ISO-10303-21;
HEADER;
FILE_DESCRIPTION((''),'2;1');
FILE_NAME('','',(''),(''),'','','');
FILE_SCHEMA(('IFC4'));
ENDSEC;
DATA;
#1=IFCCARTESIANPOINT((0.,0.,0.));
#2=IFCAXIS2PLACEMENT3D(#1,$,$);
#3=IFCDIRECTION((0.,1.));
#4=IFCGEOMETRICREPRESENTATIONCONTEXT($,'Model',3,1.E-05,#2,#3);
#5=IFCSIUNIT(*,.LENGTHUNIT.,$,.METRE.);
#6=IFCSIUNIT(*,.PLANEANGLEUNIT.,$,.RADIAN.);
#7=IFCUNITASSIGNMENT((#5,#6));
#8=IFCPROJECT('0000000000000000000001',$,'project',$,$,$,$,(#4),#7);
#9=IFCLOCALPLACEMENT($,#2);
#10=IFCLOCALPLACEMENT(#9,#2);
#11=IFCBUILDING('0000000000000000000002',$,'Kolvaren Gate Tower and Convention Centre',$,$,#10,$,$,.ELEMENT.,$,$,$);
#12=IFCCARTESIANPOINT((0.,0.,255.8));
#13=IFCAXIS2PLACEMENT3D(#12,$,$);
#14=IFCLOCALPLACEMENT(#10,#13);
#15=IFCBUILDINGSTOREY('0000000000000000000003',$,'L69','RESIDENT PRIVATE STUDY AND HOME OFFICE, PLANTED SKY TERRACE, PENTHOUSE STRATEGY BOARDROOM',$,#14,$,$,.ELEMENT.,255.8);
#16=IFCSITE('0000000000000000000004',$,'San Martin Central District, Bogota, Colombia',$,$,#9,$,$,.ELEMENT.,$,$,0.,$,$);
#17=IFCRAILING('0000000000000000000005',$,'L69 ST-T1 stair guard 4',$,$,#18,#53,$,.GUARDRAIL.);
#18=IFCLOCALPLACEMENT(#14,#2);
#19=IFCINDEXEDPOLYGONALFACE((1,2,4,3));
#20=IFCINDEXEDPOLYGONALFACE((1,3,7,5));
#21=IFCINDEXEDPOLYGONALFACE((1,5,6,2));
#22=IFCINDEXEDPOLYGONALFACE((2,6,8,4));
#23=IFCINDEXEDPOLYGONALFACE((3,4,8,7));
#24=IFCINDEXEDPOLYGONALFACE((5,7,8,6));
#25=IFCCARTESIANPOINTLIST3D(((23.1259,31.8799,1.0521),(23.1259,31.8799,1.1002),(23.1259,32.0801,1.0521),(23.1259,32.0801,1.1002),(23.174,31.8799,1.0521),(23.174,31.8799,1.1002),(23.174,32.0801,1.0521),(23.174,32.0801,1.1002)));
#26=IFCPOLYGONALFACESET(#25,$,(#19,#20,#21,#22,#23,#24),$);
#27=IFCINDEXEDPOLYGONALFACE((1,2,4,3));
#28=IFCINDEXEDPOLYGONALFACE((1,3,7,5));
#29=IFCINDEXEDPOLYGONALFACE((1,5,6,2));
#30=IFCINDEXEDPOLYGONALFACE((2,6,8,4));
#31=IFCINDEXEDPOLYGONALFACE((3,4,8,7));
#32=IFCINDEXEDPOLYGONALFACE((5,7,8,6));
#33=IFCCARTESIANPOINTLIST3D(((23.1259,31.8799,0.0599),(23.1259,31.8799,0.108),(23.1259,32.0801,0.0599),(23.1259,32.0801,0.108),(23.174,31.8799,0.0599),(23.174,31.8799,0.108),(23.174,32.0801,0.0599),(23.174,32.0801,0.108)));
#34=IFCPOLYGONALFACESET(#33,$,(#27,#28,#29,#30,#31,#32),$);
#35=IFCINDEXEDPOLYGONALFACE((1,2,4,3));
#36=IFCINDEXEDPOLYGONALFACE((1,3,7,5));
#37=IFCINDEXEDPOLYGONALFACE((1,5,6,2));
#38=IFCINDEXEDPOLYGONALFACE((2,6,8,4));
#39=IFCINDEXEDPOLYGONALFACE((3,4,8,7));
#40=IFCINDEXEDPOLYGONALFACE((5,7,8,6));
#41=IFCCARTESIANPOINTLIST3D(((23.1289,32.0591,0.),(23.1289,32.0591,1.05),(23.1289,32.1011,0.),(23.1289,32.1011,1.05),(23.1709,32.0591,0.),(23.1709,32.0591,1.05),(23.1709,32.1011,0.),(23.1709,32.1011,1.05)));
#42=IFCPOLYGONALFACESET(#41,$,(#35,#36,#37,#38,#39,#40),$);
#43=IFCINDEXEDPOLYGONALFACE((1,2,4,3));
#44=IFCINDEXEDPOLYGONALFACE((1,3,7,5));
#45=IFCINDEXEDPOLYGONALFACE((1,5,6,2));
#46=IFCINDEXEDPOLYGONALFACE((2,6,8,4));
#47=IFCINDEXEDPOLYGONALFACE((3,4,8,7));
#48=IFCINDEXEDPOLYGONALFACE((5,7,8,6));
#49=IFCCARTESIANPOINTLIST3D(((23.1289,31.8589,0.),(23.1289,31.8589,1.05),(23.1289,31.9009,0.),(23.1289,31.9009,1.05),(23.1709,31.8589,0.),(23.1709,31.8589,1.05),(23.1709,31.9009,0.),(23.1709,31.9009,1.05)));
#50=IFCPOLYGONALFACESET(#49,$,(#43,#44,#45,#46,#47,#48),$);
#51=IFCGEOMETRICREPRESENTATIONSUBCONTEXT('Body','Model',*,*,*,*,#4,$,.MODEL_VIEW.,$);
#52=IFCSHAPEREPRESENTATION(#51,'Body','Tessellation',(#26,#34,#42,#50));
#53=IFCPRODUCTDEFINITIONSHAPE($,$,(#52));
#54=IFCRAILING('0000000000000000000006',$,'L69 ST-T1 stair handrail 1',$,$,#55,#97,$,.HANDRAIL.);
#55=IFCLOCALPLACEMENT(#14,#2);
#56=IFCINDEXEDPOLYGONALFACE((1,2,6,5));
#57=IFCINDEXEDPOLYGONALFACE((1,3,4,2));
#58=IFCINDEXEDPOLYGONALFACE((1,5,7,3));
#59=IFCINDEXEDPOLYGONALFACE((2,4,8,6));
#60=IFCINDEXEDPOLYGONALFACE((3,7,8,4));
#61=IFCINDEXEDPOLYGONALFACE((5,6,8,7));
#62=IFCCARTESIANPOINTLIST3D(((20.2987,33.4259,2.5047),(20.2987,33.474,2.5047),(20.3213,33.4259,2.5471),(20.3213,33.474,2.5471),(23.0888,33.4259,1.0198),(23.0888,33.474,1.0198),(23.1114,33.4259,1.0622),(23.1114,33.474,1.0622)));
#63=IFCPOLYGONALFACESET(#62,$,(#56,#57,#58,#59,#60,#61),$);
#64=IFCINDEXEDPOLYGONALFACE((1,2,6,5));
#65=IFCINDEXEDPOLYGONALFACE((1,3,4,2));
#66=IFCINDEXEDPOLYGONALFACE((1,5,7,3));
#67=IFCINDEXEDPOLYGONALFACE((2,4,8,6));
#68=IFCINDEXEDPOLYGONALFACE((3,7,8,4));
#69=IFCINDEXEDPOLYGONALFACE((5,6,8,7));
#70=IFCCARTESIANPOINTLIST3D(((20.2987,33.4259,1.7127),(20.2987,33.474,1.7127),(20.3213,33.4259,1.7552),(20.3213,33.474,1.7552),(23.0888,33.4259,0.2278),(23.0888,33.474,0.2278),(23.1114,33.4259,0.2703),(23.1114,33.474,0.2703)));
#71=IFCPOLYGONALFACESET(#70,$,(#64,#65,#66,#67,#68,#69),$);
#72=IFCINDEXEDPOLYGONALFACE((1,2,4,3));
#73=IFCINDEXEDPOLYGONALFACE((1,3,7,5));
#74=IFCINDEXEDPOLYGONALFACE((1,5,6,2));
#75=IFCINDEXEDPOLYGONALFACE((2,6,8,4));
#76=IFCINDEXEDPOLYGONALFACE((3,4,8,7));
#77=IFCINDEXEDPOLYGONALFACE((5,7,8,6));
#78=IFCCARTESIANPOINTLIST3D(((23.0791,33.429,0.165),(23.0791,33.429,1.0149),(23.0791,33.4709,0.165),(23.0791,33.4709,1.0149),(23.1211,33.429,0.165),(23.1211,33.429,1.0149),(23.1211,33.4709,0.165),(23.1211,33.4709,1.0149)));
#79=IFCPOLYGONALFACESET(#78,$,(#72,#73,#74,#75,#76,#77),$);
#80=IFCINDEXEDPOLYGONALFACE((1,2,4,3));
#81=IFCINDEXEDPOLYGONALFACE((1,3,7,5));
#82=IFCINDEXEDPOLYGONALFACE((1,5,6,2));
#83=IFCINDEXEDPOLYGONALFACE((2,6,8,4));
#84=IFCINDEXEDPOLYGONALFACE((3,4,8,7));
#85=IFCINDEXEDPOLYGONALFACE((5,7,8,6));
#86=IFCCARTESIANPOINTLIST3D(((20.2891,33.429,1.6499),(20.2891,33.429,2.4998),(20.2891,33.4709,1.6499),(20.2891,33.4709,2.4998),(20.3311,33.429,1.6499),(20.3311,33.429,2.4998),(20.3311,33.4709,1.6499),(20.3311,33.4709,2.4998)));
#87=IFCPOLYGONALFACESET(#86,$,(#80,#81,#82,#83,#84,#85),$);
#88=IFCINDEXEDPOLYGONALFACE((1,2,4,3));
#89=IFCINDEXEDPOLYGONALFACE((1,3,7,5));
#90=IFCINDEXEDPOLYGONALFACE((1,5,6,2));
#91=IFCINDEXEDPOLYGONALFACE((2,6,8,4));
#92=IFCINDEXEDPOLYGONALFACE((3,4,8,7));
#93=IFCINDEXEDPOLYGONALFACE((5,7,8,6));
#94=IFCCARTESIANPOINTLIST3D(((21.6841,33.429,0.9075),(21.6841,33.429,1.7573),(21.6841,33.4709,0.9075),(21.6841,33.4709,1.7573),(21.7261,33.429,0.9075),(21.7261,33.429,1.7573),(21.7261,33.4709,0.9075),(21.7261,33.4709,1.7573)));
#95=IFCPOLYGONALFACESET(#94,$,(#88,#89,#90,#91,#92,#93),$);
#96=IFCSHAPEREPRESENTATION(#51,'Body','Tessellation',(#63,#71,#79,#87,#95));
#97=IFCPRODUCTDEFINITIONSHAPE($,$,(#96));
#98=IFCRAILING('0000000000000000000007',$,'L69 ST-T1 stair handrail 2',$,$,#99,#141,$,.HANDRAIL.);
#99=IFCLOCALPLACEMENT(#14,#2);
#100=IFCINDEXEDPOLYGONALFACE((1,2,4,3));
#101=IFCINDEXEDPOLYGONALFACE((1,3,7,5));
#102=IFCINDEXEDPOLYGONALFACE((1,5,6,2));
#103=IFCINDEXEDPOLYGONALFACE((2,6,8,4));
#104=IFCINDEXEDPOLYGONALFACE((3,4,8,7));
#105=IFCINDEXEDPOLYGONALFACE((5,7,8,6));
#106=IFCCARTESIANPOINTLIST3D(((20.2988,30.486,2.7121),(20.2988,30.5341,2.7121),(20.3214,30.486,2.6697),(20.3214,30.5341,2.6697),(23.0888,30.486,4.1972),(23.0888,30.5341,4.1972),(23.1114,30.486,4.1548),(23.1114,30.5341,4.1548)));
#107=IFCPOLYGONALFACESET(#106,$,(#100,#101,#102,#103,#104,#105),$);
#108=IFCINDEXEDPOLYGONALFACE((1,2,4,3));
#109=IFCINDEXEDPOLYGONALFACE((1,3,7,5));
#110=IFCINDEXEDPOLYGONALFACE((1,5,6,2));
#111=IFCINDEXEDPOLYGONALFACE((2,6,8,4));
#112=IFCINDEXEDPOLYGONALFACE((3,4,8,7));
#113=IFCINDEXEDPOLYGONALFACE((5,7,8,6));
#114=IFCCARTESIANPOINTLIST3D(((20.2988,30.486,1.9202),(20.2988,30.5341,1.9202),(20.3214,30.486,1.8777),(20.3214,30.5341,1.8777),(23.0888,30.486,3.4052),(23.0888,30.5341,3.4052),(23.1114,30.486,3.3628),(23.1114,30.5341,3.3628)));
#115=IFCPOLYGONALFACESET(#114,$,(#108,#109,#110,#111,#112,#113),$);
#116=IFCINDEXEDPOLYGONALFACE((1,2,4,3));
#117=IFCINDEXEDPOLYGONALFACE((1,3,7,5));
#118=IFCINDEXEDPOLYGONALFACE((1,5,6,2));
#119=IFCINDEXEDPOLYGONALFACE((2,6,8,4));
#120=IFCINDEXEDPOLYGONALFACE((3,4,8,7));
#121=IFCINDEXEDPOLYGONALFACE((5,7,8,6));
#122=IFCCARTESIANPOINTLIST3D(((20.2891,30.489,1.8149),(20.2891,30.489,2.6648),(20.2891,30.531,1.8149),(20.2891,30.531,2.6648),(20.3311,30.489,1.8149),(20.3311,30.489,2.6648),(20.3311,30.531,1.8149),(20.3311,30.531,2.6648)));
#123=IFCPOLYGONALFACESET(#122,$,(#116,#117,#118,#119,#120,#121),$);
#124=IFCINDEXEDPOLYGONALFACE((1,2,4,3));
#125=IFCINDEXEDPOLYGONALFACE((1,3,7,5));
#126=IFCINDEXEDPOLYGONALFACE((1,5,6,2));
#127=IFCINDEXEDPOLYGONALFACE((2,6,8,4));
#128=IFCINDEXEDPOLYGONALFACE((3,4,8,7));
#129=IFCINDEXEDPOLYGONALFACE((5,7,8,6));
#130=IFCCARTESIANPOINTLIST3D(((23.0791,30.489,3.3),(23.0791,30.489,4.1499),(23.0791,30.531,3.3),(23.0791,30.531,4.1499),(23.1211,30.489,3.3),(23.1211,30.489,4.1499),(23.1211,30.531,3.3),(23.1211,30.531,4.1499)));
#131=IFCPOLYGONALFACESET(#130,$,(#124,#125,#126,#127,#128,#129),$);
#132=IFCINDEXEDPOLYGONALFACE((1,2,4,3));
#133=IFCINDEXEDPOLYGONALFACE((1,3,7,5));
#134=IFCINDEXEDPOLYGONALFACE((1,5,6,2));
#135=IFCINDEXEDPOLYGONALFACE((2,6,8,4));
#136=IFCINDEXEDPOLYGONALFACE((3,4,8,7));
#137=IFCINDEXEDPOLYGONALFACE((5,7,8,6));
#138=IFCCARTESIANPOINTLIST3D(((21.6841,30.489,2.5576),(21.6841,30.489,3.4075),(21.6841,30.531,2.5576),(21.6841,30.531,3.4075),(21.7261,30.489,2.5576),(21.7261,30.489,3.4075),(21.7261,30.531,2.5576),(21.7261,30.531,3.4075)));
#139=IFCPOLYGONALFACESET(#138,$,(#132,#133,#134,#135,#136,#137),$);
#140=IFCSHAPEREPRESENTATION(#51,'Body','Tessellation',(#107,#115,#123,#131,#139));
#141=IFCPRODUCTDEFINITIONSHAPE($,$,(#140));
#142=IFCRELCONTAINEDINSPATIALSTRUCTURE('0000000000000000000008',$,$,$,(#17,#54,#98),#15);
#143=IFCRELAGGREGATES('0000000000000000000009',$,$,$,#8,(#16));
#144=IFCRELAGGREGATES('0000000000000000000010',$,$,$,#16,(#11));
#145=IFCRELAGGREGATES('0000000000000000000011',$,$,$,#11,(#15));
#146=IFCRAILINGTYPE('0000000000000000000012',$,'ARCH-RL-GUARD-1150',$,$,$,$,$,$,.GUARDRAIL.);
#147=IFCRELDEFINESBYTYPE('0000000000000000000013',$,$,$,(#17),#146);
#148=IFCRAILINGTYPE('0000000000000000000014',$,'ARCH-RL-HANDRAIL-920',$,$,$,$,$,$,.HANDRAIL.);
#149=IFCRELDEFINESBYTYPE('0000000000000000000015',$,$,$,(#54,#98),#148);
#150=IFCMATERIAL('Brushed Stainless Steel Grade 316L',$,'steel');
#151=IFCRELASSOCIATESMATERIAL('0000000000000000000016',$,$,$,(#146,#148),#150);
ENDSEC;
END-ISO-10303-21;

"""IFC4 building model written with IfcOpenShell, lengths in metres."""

from ifc_helpers import new_model, si_unit, direction, frame, origin, origin_2d, place, context, subcontext, project, spatial, rectangle, extrude, material, type_object, element, save


model = new_model("IFC4")

# Units and contexts
model_context = context("Model", 3, precision=1e-05, world=origin(), true_north=direction((0.0, 1.0)))
body_context = subcontext(model_context, "Body", "Model", "MODEL_VIEW")
ifc_project = project(units=[si_unit("LENGTHUNIT", "METRE"), si_unit("PLANEANGLEUNIT", "RADIAN")], contexts=[model_context])

# Site, building, storey
site_placement = place(None, origin())
site = spatial("IfcSite", under=ifc_project, at=site_placement, Name="San Martin Central District, Bogota, Colombia", CompositionType="ELEMENT", RefElevation=0.0)
building_placement = place(site_placement, origin())
building = spatial("IfcBuilding", under=site, at=building_placement, Name="Kolvaren Gate Tower and Convention Centre", CompositionType="ELEMENT")
storey_placement = place(building_placement, frame((0.0, 0.0, 255.8)))
storey = spatial("IfcBuildingStorey", under=building, at=storey_placement, Name="L69", Description="RESIDENT PRIVATE STUDY AND HOME OFFICE, PLANTED SKY TERRACE, PENTHOUSE STRATEGY BOARDROOM", CompositionType="ELEMENT", Elevation=255.8)

# Shared definitions
ifc_material_1 = material(Name="Brushed Stainless Steel Grade 316L", Category="steel")

# Railings
railing_type_1 = type_object("IfcRailingType", Name="ARCH-RL-GUARD-1150", PredefinedType="GUARDRAIL", material=ifc_material_1)
railing_1_placement = place(storey_placement, frame((23.1499, 32.0801, 0.0)))
element("IfcRailing", 1, at=railing_1_placement, inside=storey, type_object=railing_type_1, Name="L69 ST-T1 stair guard 4", PredefinedType="GUARDRAIL", context=body_context, shape_type="SweptSolid", body=[
    extrude(rectangle(XDim=0.0481, YDim=0.0481, at=origin_2d()), frame((0.0, 0.0, 1.0762), z_axis=(0.0, -1.0, 0.0), x_axis=(1.0, 0.0, 0.0)), (0.0, 0.0, 1.0), 0.2002),
    extrude(rectangle(XDim=0.0481, YDim=0.0481, at=origin_2d()), frame((0.0, 0.0, 0.084), z_axis=(0.0, -1.0, 0.0), x_axis=(1.0, 0.0, 0.0)), (0.0, 0.0, 1.0), 0.2002),
    extrude(rectangle(XDim=0.042, YDim=0.042, at=origin_2d()), origin(), (0.0, 0.0, 1.0), 1.05),
    extrude(rectangle(XDim=0.042, YDim=0.042, at=origin_2d()), frame((0.0, -0.2002, 0.0)), (0.0, 0.0, 1.0), 1.05),
])
railing_type_2 = type_object("IfcRailingType", Name="ARCH-RL-HANDRAIL-920", PredefinedType="HANDRAIL", material=ifc_material_1)
railing_2_placement = place(storey_placement, frame((23.1001, 33.45, 0.165)))
element("IfcRailing", 2, at=railing_2_placement, inside=storey, type_object=railing_type_2, Name="L69 ST-T1 stair handrail 1", PredefinedType="HANDRAIL", context=body_context, shape_type="SweptSolid", body=[
    extrude(rectangle(XDim=0.0481, YDim=0.0481, at=origin_2d()), frame((0.0, 0.0, 0.876), z_axis=(-0.882767, 0.0, 0.46981), x_axis=(0.0, -1.0, 0.0)), (0.0, 0.0, 1.0), 3.1606),
    extrude(rectangle(XDim=0.0481, YDim=0.0481, at=origin_2d()), frame((0.0, 0.0, 0.084), z_axis=(-0.882767, 0.0, 0.46981), x_axis=(0.0, -1.0, 0.0)), (0.0, 0.0, 1.0), 3.1606),
    extrude(rectangle(XDim=0.042, YDim=0.042, at=origin_2d()), origin(), (0.0, 0.0, 1.0), 0.8499),
    extrude(rectangle(XDim=0.042, YDim=0.042, at=origin_2d()), frame((-2.79, 0.0, 1.4849)), (0.0, 0.0, 1.0), 0.8499),
    extrude(rectangle(XDim=0.042, YDim=0.042, at=origin_2d()), frame((-1.395, 0.0, 0.7424)), (0.0, 0.0, 1.0), 0.8499),
])
railing_3_placement = place(storey_placement, frame((20.3101, 30.51, 1.8149)))
element("IfcRailing", 3, at=railing_3_placement, inside=storey, type_object=railing_type_2, Name="L69 ST-T1 stair handrail 2", PredefinedType="HANDRAIL", context=body_context, shape_type="SweptSolid", body=[
    extrude(rectangle(XDim=0.0481, YDim=0.0481, at=origin_2d()), frame((0.0, 0.0, 0.876), z_axis=(0.882735, 0.0, 0.46987), x_axis=(0.0, 1.0, 0.0)), (0.0, 0.0, 1.0), 3.1606),
    extrude(rectangle(XDim=0.0481, YDim=0.0481, at=origin_2d()), frame((0.0, 0.0, 0.084), z_axis=(0.882735, 0.0, 0.46987), x_axis=(0.0, 1.0, 0.0)), (0.0, 0.0, 1.0), 3.1606),
    extrude(rectangle(XDim=0.042, YDim=0.042, at=origin_2d()), origin(), (0.0, 0.0, 1.0), 0.8499),
    extrude(rectangle(XDim=0.042, YDim=0.042, at=origin_2d()), frame((2.79, 0.0, 1.4851)), (0.0, 0.0, 1.0), 0.8499),
    extrude(rectangle(XDim=0.042, YDim=0.042, at=origin_2d()), frame((1.395, 0.0, 0.7427)), (0.0, 0.0, 1.0), 0.8499),
])

save(model, "model.ifc")
